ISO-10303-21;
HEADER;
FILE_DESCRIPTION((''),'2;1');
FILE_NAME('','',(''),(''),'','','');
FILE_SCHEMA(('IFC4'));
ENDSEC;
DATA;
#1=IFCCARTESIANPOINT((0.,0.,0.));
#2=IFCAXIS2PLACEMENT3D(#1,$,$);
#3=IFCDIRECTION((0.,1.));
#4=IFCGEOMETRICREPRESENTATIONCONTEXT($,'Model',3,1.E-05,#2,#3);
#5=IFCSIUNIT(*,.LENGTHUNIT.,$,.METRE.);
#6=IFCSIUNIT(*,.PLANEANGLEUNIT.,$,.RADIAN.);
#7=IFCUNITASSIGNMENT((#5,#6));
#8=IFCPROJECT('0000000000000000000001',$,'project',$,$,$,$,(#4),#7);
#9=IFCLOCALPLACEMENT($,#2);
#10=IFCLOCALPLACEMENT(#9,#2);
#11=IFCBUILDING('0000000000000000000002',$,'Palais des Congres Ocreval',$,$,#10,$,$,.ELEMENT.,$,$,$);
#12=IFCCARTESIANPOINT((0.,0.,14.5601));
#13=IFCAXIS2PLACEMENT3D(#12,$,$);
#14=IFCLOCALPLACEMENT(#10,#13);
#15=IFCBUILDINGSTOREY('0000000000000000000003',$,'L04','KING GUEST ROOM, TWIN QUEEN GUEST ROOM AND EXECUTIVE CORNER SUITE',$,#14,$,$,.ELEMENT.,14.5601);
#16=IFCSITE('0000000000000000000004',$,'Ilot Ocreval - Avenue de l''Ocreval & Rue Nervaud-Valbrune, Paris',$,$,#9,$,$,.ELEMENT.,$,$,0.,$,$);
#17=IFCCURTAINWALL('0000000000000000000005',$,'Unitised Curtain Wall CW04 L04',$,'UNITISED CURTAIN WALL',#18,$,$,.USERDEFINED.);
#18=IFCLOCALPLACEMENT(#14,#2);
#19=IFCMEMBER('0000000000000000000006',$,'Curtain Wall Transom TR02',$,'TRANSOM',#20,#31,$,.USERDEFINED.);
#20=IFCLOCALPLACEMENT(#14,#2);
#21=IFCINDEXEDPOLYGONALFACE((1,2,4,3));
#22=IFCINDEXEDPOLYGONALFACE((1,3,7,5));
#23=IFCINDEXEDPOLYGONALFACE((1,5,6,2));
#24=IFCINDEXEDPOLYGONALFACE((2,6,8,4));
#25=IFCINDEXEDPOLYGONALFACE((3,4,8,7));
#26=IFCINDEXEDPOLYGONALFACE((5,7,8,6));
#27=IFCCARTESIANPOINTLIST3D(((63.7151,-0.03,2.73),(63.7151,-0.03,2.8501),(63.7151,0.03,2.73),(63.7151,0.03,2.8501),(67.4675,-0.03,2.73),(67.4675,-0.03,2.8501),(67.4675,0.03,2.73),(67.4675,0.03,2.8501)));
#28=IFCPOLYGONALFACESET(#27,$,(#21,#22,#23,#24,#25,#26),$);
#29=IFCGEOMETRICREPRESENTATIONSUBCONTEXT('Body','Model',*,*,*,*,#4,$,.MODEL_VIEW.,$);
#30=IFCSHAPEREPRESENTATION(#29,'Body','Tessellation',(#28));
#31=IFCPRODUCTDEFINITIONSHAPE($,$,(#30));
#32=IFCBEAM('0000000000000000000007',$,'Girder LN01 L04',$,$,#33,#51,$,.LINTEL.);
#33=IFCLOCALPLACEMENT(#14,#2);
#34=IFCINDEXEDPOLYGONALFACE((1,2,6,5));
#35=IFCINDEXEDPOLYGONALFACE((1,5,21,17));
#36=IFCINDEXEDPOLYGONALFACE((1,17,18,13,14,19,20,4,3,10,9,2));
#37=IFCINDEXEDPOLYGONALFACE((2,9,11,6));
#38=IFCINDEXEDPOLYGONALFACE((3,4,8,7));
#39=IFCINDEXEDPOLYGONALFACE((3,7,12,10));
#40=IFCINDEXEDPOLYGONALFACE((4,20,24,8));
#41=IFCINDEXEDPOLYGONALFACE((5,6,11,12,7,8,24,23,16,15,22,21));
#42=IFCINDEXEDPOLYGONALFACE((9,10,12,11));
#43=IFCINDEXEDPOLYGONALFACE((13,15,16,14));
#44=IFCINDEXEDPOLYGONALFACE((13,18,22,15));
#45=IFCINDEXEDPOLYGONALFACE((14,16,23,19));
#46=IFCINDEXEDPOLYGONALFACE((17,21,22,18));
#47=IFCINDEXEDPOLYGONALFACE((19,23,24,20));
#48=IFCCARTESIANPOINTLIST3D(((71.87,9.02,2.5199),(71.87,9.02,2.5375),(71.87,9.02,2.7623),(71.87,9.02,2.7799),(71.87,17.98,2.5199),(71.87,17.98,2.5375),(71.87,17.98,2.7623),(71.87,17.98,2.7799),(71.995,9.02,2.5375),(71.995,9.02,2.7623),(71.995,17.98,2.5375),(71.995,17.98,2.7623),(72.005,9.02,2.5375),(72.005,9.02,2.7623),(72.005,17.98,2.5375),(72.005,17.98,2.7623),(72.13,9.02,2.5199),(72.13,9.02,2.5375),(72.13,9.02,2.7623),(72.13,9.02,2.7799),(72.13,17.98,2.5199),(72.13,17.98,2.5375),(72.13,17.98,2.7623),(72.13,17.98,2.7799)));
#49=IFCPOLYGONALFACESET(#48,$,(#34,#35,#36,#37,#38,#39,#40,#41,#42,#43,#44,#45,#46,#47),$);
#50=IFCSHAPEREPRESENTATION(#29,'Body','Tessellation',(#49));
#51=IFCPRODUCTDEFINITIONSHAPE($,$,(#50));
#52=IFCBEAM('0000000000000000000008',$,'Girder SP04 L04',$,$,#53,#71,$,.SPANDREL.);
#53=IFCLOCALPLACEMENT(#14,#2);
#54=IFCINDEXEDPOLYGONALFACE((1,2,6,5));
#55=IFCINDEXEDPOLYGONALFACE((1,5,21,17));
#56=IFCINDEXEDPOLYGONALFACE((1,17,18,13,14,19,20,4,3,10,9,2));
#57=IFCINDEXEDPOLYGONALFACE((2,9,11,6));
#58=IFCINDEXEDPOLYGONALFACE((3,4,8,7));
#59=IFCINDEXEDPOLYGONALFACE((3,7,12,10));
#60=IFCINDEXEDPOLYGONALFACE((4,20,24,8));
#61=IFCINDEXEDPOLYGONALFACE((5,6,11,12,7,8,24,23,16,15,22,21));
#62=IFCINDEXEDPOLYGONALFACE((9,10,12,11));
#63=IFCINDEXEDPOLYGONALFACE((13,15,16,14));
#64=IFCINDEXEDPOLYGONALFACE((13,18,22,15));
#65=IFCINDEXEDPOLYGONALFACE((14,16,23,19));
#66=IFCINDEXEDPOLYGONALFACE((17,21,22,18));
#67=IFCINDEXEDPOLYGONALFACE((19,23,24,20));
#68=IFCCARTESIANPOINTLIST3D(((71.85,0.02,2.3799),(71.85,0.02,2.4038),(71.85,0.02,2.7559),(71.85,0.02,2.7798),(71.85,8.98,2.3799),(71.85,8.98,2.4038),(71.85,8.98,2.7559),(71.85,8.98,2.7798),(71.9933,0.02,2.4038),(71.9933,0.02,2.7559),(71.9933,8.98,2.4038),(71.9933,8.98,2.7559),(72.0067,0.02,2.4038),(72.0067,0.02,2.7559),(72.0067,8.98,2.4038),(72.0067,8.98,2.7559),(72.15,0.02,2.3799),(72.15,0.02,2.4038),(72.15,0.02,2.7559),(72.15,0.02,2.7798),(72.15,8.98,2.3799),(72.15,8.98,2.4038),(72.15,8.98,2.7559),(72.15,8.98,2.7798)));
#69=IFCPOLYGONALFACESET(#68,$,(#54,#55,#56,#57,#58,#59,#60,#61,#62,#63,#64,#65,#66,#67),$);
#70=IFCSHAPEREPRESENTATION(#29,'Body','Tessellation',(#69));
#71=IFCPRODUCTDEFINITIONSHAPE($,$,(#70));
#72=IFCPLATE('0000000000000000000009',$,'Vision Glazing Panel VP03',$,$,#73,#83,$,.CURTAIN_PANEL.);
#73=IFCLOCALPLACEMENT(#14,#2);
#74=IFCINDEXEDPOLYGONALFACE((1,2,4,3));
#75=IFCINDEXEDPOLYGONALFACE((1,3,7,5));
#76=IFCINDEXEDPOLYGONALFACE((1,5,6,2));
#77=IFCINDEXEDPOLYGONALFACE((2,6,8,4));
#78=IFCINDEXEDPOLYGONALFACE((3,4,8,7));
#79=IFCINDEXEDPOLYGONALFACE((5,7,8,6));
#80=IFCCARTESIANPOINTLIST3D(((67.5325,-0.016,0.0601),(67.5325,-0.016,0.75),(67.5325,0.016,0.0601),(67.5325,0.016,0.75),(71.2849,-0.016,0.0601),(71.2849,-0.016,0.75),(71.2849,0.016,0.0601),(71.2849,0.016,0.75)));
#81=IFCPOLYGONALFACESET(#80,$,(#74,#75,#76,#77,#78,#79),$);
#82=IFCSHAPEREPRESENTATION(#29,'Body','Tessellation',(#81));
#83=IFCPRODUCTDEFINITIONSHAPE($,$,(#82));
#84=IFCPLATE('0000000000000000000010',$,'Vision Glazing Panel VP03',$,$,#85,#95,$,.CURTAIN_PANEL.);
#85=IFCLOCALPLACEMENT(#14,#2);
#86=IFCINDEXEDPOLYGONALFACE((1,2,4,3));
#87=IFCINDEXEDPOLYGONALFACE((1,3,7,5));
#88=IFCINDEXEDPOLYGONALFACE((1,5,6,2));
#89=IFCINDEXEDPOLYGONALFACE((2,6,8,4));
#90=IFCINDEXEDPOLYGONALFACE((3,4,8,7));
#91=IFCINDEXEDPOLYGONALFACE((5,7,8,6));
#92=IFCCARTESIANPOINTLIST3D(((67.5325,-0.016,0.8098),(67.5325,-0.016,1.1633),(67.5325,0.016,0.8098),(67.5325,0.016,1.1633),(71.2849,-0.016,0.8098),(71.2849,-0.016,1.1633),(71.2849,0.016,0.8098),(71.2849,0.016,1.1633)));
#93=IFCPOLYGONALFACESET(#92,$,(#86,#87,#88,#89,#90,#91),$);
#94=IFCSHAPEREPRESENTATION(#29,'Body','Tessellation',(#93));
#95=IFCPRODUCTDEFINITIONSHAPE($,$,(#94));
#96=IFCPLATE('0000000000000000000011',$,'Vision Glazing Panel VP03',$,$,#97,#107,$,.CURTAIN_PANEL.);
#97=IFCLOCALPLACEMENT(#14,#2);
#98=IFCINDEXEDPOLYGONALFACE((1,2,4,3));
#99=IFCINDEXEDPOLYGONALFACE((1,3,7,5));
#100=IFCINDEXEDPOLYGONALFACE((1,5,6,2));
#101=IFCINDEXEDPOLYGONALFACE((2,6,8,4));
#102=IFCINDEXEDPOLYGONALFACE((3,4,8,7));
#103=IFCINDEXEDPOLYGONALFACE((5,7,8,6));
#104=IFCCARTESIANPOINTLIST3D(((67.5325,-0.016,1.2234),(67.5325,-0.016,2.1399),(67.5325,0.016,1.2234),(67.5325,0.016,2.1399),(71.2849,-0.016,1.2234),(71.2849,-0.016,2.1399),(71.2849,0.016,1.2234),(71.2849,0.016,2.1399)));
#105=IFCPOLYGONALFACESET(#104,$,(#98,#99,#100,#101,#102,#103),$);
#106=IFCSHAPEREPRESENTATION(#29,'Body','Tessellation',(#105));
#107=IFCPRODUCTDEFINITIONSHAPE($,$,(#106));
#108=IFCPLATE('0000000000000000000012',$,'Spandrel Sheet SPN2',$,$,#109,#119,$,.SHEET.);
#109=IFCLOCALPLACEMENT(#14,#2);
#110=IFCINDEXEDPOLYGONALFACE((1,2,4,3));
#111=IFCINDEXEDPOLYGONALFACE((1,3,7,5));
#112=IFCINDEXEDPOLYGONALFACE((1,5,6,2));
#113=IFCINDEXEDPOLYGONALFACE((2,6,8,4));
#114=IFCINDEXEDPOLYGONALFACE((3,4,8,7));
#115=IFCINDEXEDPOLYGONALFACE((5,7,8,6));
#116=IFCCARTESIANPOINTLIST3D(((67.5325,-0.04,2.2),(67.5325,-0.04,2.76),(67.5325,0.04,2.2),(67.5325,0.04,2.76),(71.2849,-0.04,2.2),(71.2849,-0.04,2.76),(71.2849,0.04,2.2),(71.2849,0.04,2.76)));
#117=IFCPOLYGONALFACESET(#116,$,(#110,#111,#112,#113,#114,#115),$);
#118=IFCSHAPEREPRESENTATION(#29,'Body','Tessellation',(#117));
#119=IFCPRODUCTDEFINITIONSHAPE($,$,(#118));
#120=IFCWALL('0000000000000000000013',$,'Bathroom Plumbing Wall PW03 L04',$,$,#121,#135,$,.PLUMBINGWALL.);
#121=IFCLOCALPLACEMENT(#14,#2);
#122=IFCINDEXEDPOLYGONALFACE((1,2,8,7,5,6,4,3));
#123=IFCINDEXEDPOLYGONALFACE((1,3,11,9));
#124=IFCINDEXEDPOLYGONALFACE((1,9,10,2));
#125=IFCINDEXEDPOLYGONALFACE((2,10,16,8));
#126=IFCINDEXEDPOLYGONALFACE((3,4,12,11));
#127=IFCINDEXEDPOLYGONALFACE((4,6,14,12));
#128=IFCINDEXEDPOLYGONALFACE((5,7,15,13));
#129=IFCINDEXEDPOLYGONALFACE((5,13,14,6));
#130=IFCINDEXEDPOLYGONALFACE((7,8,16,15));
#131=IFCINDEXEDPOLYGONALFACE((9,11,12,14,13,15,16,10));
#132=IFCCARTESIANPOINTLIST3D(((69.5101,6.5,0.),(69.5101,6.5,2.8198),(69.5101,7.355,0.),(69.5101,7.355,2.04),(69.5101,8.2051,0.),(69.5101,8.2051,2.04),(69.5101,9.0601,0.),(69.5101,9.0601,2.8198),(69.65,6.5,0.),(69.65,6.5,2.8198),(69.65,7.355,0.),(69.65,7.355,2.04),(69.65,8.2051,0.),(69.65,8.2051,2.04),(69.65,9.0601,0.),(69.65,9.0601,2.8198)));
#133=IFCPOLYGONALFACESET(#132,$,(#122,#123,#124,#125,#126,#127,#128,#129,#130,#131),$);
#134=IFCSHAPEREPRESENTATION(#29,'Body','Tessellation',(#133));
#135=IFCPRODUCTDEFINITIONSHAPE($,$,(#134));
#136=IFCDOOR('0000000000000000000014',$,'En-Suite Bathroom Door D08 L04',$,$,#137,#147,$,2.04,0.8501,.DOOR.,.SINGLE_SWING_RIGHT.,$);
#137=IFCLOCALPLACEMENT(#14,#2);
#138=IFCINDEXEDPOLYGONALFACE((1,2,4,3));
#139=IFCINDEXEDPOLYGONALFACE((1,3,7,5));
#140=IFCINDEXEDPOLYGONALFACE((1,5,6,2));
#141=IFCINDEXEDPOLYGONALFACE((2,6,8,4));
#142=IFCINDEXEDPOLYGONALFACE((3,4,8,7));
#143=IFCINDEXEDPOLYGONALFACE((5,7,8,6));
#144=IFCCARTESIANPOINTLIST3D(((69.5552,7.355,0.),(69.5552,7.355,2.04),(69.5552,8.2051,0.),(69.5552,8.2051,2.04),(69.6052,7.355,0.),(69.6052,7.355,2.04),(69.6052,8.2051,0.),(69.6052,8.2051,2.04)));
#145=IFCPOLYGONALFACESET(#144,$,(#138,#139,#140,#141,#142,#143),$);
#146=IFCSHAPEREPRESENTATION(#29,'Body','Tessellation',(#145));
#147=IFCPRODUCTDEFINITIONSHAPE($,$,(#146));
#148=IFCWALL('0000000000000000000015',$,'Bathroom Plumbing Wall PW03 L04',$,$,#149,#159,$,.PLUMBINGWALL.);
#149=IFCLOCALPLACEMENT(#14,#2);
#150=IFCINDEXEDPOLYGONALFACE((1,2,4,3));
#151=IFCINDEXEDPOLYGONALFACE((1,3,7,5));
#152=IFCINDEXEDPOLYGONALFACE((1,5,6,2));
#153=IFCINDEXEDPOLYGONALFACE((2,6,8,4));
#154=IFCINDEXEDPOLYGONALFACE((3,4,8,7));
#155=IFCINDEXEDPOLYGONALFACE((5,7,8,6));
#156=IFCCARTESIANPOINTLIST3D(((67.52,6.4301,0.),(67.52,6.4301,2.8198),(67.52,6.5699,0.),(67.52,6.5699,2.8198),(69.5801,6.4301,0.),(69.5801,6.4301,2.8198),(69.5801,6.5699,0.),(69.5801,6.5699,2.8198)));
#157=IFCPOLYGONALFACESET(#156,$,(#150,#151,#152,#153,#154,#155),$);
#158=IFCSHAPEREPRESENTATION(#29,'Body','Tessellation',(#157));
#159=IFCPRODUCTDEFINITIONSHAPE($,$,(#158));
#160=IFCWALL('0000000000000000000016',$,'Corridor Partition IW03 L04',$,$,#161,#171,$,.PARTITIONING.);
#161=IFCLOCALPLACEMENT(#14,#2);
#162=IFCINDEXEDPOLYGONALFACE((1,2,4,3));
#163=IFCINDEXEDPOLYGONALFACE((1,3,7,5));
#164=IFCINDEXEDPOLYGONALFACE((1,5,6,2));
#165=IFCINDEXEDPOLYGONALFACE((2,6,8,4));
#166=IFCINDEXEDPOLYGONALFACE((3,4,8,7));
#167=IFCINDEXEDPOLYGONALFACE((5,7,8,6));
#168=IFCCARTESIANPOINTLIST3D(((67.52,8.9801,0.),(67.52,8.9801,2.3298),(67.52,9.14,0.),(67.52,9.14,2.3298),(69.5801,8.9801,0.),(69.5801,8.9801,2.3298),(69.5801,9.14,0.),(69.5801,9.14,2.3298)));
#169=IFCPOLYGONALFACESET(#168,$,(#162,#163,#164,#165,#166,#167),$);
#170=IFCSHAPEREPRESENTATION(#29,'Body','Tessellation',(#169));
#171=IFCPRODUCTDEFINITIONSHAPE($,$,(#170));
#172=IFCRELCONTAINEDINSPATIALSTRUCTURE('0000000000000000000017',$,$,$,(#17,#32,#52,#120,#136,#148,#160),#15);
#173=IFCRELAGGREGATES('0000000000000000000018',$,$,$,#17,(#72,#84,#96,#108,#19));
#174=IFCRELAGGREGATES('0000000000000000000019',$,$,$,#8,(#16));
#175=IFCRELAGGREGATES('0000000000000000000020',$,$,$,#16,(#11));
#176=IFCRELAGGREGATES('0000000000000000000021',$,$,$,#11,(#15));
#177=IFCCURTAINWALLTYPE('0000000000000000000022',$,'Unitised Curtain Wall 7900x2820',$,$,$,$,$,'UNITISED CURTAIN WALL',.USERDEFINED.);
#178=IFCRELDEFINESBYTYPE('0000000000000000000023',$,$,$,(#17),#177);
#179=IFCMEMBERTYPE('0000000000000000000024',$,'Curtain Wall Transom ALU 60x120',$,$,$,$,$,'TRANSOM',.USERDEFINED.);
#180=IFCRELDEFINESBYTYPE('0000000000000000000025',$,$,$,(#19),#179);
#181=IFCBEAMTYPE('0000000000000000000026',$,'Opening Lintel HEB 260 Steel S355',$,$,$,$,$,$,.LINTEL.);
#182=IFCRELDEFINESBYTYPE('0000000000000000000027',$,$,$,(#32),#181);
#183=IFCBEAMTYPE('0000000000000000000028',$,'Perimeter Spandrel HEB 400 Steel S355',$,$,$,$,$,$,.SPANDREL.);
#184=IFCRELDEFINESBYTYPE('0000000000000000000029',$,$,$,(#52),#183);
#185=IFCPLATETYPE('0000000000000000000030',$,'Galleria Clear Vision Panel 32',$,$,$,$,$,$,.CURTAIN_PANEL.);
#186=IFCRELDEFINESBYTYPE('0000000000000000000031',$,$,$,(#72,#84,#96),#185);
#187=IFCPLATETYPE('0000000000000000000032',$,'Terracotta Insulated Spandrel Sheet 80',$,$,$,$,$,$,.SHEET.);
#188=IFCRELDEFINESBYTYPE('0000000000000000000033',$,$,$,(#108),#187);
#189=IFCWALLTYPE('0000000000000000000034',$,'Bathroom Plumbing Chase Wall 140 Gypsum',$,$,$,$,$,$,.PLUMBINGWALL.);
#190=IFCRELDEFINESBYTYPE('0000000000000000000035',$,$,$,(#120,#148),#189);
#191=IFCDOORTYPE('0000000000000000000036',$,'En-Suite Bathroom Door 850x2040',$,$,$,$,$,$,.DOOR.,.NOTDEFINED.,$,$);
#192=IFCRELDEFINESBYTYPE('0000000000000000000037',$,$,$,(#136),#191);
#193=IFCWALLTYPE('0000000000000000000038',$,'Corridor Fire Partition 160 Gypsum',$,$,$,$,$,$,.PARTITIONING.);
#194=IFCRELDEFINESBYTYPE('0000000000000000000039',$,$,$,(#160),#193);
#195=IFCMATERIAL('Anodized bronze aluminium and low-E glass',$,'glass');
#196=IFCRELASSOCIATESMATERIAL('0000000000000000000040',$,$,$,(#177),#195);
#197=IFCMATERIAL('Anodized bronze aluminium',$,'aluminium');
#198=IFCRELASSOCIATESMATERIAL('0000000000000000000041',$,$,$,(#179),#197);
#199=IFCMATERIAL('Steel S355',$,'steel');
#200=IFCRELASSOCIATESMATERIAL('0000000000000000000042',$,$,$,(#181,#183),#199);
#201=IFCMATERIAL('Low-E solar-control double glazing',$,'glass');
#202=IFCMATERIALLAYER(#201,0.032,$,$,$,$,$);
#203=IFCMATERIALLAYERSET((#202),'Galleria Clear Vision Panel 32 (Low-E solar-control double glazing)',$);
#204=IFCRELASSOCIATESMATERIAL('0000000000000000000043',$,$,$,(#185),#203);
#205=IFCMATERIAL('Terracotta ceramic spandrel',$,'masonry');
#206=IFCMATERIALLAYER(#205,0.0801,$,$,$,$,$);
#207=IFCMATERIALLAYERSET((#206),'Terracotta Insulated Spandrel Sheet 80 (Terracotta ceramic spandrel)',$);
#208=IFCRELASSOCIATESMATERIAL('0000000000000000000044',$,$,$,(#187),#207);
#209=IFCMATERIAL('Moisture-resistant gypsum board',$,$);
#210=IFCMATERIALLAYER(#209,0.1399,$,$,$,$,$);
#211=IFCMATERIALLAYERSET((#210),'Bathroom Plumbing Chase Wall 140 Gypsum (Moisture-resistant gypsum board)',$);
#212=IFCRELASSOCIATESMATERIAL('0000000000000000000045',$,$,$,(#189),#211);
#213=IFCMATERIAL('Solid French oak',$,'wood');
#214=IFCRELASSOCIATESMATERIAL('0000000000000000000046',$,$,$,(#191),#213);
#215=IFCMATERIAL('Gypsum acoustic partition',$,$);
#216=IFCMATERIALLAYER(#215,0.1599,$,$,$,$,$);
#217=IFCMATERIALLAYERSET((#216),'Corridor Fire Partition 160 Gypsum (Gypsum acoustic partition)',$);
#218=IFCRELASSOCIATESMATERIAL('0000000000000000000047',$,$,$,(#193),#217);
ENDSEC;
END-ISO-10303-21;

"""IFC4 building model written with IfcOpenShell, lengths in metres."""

from ifc_helpers import new_model, si_unit, direction, frame, frame_2d, origin, origin_2d, place, context, subcontext, project, spatial, rectangle, i_section, extrude, material, layer, layer_set, material_profile, profile_set, type_object, element, fill, aggregate, save


model = new_model("IFC4")

# Units and contexts
model_context = context("Model", 3, precision=1e-05, world=origin(), true_north=direction((0.0, 1.0)))
body_context = subcontext(model_context, "Body", "Model", "MODEL_VIEW")
ifc_project = project(units=[si_unit("LENGTHUNIT", "METRE"), si_unit("PLANEANGLEUNIT", "RADIAN")], contexts=[model_context])

# Site, building, storey
site_placement = place(None, origin())
site = spatial("IfcSite", under=ifc_project, at=site_placement, Name="Ilot Ocreval - Avenue de l'Ocreval & Rue Nervaud-Valbrune, Paris", CompositionType="ELEMENT", RefElevation=0.0)
building_placement = place(site_placement, origin())
building = spatial("IfcBuilding", under=site, at=building_placement, Name="Palais des Congres Ocreval", CompositionType="ELEMENT")
storey_placement = place(building_placement, frame((0.0, 0.0, 14.5601)))
storey = spatial("IfcBuildingStorey", under=building, at=storey_placement, Name="L04", Description="KING GUEST ROOM, TWIN QUEEN GUEST ROOM AND EXECUTIVE CORNER SUITE", CompositionType="ELEMENT", Elevation=14.5601)

# Shared definitions
ifc_material_1 = material(Name="Steel S355", Category="steel")

# Curtain wall, member
ifc_material_2 = material(Name="Anodized bronze aluminium and low-E glass", Category="glass")
curtain_wall_type = type_object("IfcCurtainWallType", Name="Unitised Curtain Wall 7900x2820", ElementType="UNITISED CURTAIN WALL", PredefinedType="USERDEFINED", material=ifc_material_2)
curtain_wall_placement = place(storey_placement, origin())
curtain_wall = element("IfcCurtainWall", 1, at=curtain_wall_placement, inside=storey, type_object=curtain_wall_type, Name="Unitised Curtain Wall CW04 L04", ObjectType="UNITISED CURTAIN WALL", PredefinedType="USERDEFINED")
ifc_material_3 = material(Name="Anodized bronze aluminium", Category="aluminium")
ifc_material_profile_1 = material_profile(ifc_material_3, rectangle(XDim=0.0601, YDim=0.1201, at=origin_2d()), Name="ALU 60x120")
ifc_profile_set_1 = profile_set([ifc_material_profile_1], Name="Anodized bronze aluminium")
member_type_1 = type_object("IfcMemberType", Name="Curtain Wall Transom ALU 60x120", ElementType="TRANSOM", PredefinedType="USERDEFINED", material=ifc_profile_set_1)
member_1_placement = place(storey_placement, frame((67.4675, 0.0, 2.79), z_axis=(-1.0, 0.0, 0.0), x_axis=(0.0, -1.0, 0.0)))
member_1 = element("IfcMember", 2, at=member_1_placement, type_object=member_type_1, Name="Curtain Wall Transom TR02", ObjectType="TRANSOM", PredefinedType="USERDEFINED", context=body_context, shape_type="SweptSolid", body=[
    extrude(rectangle(XDim=0.0601, YDim=0.1201, at=origin_2d()), origin(), (0.0, 0.0, 1.0), 3.7524),
])

# Beams
ifc_material_profile_2 = material_profile(ifc_material_1, i_section(OverallWidth=0.26, OverallDepth=0.26, WebThickness=0.01, FlangeThickness=0.0176, at=origin_2d()), Name="HEB 260")
ifc_profile_set_2 = profile_set([ifc_material_profile_2], Name="Steel S355")
beam_type_1 = type_object("IfcBeamType", Name="Opening Lintel HEB 260 Steel S355", PredefinedType="LINTEL", material=ifc_profile_set_2)
beam_1_placement = place(storey_placement, frame((72.0, 9.02, 2.6499), z_axis=(0.0, 1.0, 0.0), x_axis=(-1.0, 0.0, 0.0)))
element("IfcBeam", 3, at=beam_1_placement, inside=storey, type_object=beam_type_1, Name="Girder LN01 L04", PredefinedType="LINTEL", context=body_context, shape_type="SweptSolid", body=[
    extrude(i_section(OverallWidth=0.26, OverallDepth=0.26, WebThickness=0.01, FlangeThickness=0.0176, at=origin_2d()), origin(), (0.0, 0.0, 1.0), 8.96),
])
ifc_material_profile_3 = material_profile(ifc_material_1, i_section(OverallWidth=0.3, OverallDepth=0.3999, WebThickness=0.0134, FlangeThickness=0.0239, at=origin_2d()), Name="HEB 400")
ifc_profile_set_3 = profile_set([ifc_material_profile_3], Name="Steel S355")
beam_type_2 = type_object("IfcBeamType", Name="Perimeter Spandrel HEB 400 Steel S355", PredefinedType="SPANDREL", material=ifc_profile_set_3)
beam_2_placement = place(storey_placement, frame((72.0, 0.02, 2.5798), z_axis=(0.0, 1.0, 0.0), x_axis=(-1.0, 0.0, 0.0)))
element("IfcBeam", 4, at=beam_2_placement, inside=storey, type_object=beam_type_2, Name="Girder SP04 L04", PredefinedType="SPANDREL", context=body_context, shape_type="SweptSolid", body=[
    extrude(i_section(OverallWidth=0.3, OverallDepth=0.3999, WebThickness=0.0134, FlangeThickness=0.0239, at=origin_2d()), origin(), (0.0, 0.0, 1.0), 8.96),
])

# Plates
ifc_material_4 = material(Name="Low-E solar-control double glazing", Category="glass")
ifc_layer_1 = layer(ifc_material_4, 0.032)
ifc_layer_set_1 = layer_set([ifc_layer_1], Name="Galleria Clear Vision Panel 32 (Low-E solar-control double glazing)")
plate_type_1 = type_object("IfcPlateType", Name="Galleria Clear Vision Panel 32", PredefinedType="CURTAIN_PANEL", material=ifc_layer_set_1)
plate_1_placement = place(storey_placement, frame((69.4087, 0.0, 0.0601), z_axis=(0.0, 0.0, 1.0), x_axis=(-1.0, 0.0, 0.0)))
plate_1 = element("IfcPlate", 5, at=plate_1_placement, type_object=plate_type_1, Name="Vision Glazing Panel VP03", PredefinedType="CURTAIN_PANEL", context=body_context, shape_type="SweptSolid", body=[
    extrude(rectangle(XDim=3.7524, YDim=0.032, at=origin_2d()), origin(), (0.0, 0.0, 1.0), 0.6899),
])
plate_2_placement = place(storey_placement, frame((69.4087, 0.0, 0.8098), z_axis=(0.0, 0.0, 1.0), x_axis=(-1.0, 0.0, 0.0)))
plate_2 = element("IfcPlate", 6, at=plate_2_placement, type_object=plate_type_1, Name="Vision Glazing Panel VP03", PredefinedType="CURTAIN_PANEL", context=body_context, shape_type="SweptSolid", body=[
    extrude(rectangle(XDim=3.7524, YDim=0.032, at=origin_2d()), origin(), (0.0, 0.0, 1.0), 0.3535),
])
plate_3_placement = place(storey_placement, frame((69.4087, 0.0, 1.2234), z_axis=(0.0, 0.0, 1.0), x_axis=(-1.0, 0.0, 0.0)))
plate_3 = element("IfcPlate", 7, at=plate_3_placement, type_object=plate_type_1, Name="Vision Glazing Panel VP03", PredefinedType="CURTAIN_PANEL", context=body_context, shape_type="SweptSolid", body=[
    extrude(rectangle(XDim=3.7524, YDim=0.032, at=origin_2d()), origin(), (0.0, 0.0, 1.0), 0.9165),
])
ifc_material_5 = material(Name="Terracotta ceramic spandrel", Category="masonry")
ifc_layer_2 = layer(ifc_material_5, 0.0801)
ifc_layer_set_2 = layer_set([ifc_layer_2], Name="Terracotta Insulated Spandrel Sheet 80 (Terracotta ceramic spandrel)")
plate_type_2 = type_object("IfcPlateType", Name="Terracotta Insulated Spandrel Sheet 80", PredefinedType="SHEET", material=ifc_layer_set_2)
plate_4_placement = place(storey_placement, frame((69.4087, 0.0, 2.2), z_axis=(0.0, 0.0, 1.0), x_axis=(-1.0, 0.0, 0.0)))
plate_4 = element("IfcPlate", 8, at=plate_4_placement, type_object=plate_type_2, Name="Spandrel Sheet SPN2", PredefinedType="SHEET", context=body_context, shape_type="SweptSolid", body=[
    extrude(rectangle(XDim=3.7524, YDim=0.0801, at=origin_2d()), origin(), (0.0, 0.0, 1.0), 0.5601),
])
aggregate(curtain_wall, [plate_1, plate_2, plate_3, plate_4, member_1])

# Wall, opening, door
ifc_material_6 = material(Name="Moisture-resistant gypsum board")
ifc_layer_3 = layer(ifc_material_6, 0.1399)
ifc_layer_set_3 = layer_set([ifc_layer_3], Name="Bathroom Plumbing Chase Wall 140 Gypsum (Moisture-resistant gypsum board)")
wall_type_1 = type_object("IfcWallType", Name="Bathroom Plumbing Chase Wall 140 Gypsum", PredefinedType="PLUMBINGWALL", material=ifc_layer_set_3)
wall_1_placement = place(storey_placement, frame((69.5801, 6.5, 0.0), z_axis=(0.0, 0.0, 1.0), x_axis=(0.0, 1.0, 0.0)))
wall_1 = element("IfcWall", 9, at=wall_1_placement, inside=storey, type_object=wall_type_1, Name="Bathroom Plumbing Wall PW03 L04", PredefinedType="PLUMBINGWALL", context=body_context, shape_type="SweptSolid", body=[
    extrude(rectangle(XDim=2.5601, YDim=0.1399, at=frame_2d((1.28, 0.0))), origin(), (0.0, 0.0, 1.0), 2.8198),
])
opening_placement = place(wall_1_placement, frame((0.855, 0.0, 0.0)))
opening = element("IfcOpeningElement", 10, at=opening_placement, cuts=wall_1, PredefinedType="OPENING", context=body_context, shape_type="SweptSolid", body=[
    extrude(rectangle(XDim=0.8501, YDim=2.04, at=frame_2d((0.425, 1.02))), frame((0.0, 0.0798, 0.0), z_axis=(0.0, -1.0, 0.0), x_axis=(1.0, 0.0, 0.0)), (0.0, 0.0, 1.0), 0.1599),
])
ifc_material_7 = material(Name="Solid French oak", Category="wood")
door_type = type_object("IfcDoorType", Name="En-Suite Bathroom Door 850x2040", OperationType="NOTDEFINED", PredefinedType="DOOR", material=ifc_material_7)
door_placement = place(opening_placement, origin())
door = element("IfcDoor", 11, at=door_placement, inside=storey, type_object=door_type, Name="En-Suite Bathroom Door D08 L04", OperationType="SINGLE_SWING_RIGHT", OverallHeight=2.04, OverallWidth=0.8501, PredefinedType="DOOR", context=body_context, shape_type="SweptSolid", body=[
    extrude(rectangle(XDim=0.8501, YDim=2.04, at=frame_2d((0.425, 1.02))), frame((0.0, 0.0249, 0.0), z_axis=(0.0, -1.0, 0.0), x_axis=(1.0, 0.0, 0.0)), (0.0, 0.0, 1.0), 0.05),
])
fill(opening, door)

# Walls
wall_2_placement = place(storey_placement, frame((67.52, 6.5, 0.0), z_axis=(0.0, 0.0, 1.0), x_axis=(1.0, 0.0, 0.0)))
element("IfcWall", 12, at=wall_2_placement, inside=storey, type_object=wall_type_1, Name="Bathroom Plumbing Wall PW03 L04", PredefinedType="PLUMBINGWALL", context=body_context, shape_type="SweptSolid", body=[
    extrude(rectangle(XDim=2.0601, YDim=0.1399, at=frame_2d((1.03, 0.0))), origin(), (0.0, 0.0, 1.0), 2.8198),
])
ifc_material_8 = material(Name="Gypsum acoustic partition")
ifc_layer_4 = layer(ifc_material_8, 0.1599)
ifc_layer_set_4 = layer_set([ifc_layer_4], Name="Corridor Fire Partition 160 Gypsum (Gypsum acoustic partition)")
wall_type_2 = type_object("IfcWallType", Name="Corridor Fire Partition 160 Gypsum", PredefinedType="PARTITIONING", material=ifc_layer_set_4)
wall_3_placement = place(storey_placement, frame((67.52, 9.0601, 0.0), z_axis=(0.0, 0.0, 1.0), x_axis=(1.0, 0.0, 0.0)))
element("IfcWall", 13, at=wall_3_placement, inside=storey, type_object=wall_type_2, Name="Corridor Partition IW03 L04", PredefinedType="PARTITIONING", context=body_context, shape_type="SweptSolid", body=[
    extrude(rectangle(XDim=2.0601, YDim=0.1599, at=frame_2d((1.03, 0.0))), origin(), (0.0, 0.0, 1.0), 2.3298),
])

save(model, "model.ifc")
